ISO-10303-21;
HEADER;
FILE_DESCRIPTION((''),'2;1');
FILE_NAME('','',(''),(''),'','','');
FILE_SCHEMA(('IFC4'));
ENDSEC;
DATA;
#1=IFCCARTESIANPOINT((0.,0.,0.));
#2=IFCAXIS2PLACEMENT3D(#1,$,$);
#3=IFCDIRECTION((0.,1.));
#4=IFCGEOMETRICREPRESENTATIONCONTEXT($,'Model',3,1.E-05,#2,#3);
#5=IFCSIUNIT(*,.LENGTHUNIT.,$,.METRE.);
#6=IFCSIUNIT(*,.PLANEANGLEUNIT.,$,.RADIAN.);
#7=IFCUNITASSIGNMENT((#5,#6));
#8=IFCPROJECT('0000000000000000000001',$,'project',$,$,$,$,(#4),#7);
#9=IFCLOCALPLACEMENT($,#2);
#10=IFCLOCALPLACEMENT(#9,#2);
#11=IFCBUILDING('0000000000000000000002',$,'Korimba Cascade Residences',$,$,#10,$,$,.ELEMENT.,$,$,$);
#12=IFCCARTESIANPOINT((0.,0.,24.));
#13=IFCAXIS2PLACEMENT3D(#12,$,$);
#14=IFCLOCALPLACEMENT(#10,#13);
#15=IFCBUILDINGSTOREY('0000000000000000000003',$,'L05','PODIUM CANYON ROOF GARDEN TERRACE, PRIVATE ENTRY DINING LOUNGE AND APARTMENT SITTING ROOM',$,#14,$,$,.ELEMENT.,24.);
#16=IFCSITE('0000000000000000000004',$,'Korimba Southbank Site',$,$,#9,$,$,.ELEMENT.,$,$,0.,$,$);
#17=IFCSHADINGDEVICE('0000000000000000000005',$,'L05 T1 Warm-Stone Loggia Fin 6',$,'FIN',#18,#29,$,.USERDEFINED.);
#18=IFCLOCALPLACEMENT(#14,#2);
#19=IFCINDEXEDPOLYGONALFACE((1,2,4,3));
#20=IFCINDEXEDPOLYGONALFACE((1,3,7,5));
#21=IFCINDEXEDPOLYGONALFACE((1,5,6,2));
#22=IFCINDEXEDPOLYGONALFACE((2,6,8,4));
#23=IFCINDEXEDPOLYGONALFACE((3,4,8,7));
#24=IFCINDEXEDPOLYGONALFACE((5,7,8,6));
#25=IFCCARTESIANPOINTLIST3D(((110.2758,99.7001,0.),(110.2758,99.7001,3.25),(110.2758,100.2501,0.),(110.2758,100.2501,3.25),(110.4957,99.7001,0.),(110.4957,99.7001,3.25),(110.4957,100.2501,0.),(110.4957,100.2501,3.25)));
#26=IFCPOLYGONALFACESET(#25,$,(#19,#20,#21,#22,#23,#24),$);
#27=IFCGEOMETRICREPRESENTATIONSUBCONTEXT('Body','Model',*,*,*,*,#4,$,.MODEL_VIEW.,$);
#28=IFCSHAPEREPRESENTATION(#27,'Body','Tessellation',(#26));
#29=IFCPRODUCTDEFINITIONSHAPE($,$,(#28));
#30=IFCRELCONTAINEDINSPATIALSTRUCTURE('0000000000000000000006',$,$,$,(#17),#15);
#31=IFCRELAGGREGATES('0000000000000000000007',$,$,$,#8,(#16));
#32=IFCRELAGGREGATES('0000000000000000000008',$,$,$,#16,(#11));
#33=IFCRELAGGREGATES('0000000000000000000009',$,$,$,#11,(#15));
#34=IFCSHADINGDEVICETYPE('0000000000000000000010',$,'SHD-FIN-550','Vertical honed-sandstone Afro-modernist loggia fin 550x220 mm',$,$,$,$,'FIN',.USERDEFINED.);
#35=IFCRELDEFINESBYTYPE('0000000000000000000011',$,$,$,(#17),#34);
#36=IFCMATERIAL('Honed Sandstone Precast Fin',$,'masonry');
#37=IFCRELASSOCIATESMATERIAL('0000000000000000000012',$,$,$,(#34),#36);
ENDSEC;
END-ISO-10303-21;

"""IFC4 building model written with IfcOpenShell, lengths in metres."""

from ifc_helpers import new_model, si_unit, direction, frame, origin, origin_2d, place, context, subcontext, project, spatial, rectangle, extrude, material, type_object, element, save


model = new_model("IFC4")

# Units and contexts
model_context = context("Model", 3, precision=1e-05, world=origin(), true_north=direction((0.0, 1.0)))
body_context = subcontext(model_context, "Body", "Model", "MODEL_VIEW")
ifc_project = project(units=[si_unit("LENGTHUNIT", "METRE"), si_unit("PLANEANGLEUNIT", "RADIAN")], contexts=[model_context])

# Site, building, storey
site_placement = place(None, origin())
site = spatial("IfcSite", under=ifc_project, at=site_placement, Name="Korimba Southbank Site", CompositionType="ELEMENT", RefElevation=0.0)
building_placement = place(site_placement, origin())
building = spatial("IfcBuilding", under=site, at=building_placement, Name="Korimba Cascade Residences", CompositionType="ELEMENT")
storey_placement = place(building_placement, frame((0.0, 0.0, 24.0)))
storey = spatial("IfcBuildingStorey", under=building, at=storey_placement, Name="L05", Description="PODIUM CANYON ROOF GARDEN TERRACE, PRIVATE ENTRY DINING LOUNGE AND APARTMENT SITTING ROOM", CompositionType="ELEMENT", Elevation=24.0)

# Shading device
ifc_material_1 = material(Name="Honed Sandstone Precast Fin", Category="masonry")
shading_device_type = type_object("IfcShadingDeviceType", Name="SHD-FIN-550", Description="Vertical honed-sandstone Afro-modernist loggia fin 550x220 mm", ElementType="FIN", PredefinedType="USERDEFINED", material=ifc_material_1)
for number, where, z_axis, x_axis, name in (
    (1, (110.3857, 99.9751, 0.0), (0.0, 0.0, 1.0), (1.0, 0.0, 0.0), "L05 T1 Warm-Stone Loggia Fin 6"),
):
    element("IfcShadingDevice", number, at=place(storey_placement, frame(where, z_axis=z_axis, x_axis=x_axis)), inside=storey, type_object=shading_device_type, Name=name, ObjectType="FIN", PredefinedType="USERDEFINED", context=body_context, shape_type="SweptSolid", body=[
        extrude(rectangle(XDim=0.22, YDim=0.55, at=origin_2d()), origin(), (0.0, 0.0, 1.0), 3.25),
    ])

save(model, "model.ifc")
